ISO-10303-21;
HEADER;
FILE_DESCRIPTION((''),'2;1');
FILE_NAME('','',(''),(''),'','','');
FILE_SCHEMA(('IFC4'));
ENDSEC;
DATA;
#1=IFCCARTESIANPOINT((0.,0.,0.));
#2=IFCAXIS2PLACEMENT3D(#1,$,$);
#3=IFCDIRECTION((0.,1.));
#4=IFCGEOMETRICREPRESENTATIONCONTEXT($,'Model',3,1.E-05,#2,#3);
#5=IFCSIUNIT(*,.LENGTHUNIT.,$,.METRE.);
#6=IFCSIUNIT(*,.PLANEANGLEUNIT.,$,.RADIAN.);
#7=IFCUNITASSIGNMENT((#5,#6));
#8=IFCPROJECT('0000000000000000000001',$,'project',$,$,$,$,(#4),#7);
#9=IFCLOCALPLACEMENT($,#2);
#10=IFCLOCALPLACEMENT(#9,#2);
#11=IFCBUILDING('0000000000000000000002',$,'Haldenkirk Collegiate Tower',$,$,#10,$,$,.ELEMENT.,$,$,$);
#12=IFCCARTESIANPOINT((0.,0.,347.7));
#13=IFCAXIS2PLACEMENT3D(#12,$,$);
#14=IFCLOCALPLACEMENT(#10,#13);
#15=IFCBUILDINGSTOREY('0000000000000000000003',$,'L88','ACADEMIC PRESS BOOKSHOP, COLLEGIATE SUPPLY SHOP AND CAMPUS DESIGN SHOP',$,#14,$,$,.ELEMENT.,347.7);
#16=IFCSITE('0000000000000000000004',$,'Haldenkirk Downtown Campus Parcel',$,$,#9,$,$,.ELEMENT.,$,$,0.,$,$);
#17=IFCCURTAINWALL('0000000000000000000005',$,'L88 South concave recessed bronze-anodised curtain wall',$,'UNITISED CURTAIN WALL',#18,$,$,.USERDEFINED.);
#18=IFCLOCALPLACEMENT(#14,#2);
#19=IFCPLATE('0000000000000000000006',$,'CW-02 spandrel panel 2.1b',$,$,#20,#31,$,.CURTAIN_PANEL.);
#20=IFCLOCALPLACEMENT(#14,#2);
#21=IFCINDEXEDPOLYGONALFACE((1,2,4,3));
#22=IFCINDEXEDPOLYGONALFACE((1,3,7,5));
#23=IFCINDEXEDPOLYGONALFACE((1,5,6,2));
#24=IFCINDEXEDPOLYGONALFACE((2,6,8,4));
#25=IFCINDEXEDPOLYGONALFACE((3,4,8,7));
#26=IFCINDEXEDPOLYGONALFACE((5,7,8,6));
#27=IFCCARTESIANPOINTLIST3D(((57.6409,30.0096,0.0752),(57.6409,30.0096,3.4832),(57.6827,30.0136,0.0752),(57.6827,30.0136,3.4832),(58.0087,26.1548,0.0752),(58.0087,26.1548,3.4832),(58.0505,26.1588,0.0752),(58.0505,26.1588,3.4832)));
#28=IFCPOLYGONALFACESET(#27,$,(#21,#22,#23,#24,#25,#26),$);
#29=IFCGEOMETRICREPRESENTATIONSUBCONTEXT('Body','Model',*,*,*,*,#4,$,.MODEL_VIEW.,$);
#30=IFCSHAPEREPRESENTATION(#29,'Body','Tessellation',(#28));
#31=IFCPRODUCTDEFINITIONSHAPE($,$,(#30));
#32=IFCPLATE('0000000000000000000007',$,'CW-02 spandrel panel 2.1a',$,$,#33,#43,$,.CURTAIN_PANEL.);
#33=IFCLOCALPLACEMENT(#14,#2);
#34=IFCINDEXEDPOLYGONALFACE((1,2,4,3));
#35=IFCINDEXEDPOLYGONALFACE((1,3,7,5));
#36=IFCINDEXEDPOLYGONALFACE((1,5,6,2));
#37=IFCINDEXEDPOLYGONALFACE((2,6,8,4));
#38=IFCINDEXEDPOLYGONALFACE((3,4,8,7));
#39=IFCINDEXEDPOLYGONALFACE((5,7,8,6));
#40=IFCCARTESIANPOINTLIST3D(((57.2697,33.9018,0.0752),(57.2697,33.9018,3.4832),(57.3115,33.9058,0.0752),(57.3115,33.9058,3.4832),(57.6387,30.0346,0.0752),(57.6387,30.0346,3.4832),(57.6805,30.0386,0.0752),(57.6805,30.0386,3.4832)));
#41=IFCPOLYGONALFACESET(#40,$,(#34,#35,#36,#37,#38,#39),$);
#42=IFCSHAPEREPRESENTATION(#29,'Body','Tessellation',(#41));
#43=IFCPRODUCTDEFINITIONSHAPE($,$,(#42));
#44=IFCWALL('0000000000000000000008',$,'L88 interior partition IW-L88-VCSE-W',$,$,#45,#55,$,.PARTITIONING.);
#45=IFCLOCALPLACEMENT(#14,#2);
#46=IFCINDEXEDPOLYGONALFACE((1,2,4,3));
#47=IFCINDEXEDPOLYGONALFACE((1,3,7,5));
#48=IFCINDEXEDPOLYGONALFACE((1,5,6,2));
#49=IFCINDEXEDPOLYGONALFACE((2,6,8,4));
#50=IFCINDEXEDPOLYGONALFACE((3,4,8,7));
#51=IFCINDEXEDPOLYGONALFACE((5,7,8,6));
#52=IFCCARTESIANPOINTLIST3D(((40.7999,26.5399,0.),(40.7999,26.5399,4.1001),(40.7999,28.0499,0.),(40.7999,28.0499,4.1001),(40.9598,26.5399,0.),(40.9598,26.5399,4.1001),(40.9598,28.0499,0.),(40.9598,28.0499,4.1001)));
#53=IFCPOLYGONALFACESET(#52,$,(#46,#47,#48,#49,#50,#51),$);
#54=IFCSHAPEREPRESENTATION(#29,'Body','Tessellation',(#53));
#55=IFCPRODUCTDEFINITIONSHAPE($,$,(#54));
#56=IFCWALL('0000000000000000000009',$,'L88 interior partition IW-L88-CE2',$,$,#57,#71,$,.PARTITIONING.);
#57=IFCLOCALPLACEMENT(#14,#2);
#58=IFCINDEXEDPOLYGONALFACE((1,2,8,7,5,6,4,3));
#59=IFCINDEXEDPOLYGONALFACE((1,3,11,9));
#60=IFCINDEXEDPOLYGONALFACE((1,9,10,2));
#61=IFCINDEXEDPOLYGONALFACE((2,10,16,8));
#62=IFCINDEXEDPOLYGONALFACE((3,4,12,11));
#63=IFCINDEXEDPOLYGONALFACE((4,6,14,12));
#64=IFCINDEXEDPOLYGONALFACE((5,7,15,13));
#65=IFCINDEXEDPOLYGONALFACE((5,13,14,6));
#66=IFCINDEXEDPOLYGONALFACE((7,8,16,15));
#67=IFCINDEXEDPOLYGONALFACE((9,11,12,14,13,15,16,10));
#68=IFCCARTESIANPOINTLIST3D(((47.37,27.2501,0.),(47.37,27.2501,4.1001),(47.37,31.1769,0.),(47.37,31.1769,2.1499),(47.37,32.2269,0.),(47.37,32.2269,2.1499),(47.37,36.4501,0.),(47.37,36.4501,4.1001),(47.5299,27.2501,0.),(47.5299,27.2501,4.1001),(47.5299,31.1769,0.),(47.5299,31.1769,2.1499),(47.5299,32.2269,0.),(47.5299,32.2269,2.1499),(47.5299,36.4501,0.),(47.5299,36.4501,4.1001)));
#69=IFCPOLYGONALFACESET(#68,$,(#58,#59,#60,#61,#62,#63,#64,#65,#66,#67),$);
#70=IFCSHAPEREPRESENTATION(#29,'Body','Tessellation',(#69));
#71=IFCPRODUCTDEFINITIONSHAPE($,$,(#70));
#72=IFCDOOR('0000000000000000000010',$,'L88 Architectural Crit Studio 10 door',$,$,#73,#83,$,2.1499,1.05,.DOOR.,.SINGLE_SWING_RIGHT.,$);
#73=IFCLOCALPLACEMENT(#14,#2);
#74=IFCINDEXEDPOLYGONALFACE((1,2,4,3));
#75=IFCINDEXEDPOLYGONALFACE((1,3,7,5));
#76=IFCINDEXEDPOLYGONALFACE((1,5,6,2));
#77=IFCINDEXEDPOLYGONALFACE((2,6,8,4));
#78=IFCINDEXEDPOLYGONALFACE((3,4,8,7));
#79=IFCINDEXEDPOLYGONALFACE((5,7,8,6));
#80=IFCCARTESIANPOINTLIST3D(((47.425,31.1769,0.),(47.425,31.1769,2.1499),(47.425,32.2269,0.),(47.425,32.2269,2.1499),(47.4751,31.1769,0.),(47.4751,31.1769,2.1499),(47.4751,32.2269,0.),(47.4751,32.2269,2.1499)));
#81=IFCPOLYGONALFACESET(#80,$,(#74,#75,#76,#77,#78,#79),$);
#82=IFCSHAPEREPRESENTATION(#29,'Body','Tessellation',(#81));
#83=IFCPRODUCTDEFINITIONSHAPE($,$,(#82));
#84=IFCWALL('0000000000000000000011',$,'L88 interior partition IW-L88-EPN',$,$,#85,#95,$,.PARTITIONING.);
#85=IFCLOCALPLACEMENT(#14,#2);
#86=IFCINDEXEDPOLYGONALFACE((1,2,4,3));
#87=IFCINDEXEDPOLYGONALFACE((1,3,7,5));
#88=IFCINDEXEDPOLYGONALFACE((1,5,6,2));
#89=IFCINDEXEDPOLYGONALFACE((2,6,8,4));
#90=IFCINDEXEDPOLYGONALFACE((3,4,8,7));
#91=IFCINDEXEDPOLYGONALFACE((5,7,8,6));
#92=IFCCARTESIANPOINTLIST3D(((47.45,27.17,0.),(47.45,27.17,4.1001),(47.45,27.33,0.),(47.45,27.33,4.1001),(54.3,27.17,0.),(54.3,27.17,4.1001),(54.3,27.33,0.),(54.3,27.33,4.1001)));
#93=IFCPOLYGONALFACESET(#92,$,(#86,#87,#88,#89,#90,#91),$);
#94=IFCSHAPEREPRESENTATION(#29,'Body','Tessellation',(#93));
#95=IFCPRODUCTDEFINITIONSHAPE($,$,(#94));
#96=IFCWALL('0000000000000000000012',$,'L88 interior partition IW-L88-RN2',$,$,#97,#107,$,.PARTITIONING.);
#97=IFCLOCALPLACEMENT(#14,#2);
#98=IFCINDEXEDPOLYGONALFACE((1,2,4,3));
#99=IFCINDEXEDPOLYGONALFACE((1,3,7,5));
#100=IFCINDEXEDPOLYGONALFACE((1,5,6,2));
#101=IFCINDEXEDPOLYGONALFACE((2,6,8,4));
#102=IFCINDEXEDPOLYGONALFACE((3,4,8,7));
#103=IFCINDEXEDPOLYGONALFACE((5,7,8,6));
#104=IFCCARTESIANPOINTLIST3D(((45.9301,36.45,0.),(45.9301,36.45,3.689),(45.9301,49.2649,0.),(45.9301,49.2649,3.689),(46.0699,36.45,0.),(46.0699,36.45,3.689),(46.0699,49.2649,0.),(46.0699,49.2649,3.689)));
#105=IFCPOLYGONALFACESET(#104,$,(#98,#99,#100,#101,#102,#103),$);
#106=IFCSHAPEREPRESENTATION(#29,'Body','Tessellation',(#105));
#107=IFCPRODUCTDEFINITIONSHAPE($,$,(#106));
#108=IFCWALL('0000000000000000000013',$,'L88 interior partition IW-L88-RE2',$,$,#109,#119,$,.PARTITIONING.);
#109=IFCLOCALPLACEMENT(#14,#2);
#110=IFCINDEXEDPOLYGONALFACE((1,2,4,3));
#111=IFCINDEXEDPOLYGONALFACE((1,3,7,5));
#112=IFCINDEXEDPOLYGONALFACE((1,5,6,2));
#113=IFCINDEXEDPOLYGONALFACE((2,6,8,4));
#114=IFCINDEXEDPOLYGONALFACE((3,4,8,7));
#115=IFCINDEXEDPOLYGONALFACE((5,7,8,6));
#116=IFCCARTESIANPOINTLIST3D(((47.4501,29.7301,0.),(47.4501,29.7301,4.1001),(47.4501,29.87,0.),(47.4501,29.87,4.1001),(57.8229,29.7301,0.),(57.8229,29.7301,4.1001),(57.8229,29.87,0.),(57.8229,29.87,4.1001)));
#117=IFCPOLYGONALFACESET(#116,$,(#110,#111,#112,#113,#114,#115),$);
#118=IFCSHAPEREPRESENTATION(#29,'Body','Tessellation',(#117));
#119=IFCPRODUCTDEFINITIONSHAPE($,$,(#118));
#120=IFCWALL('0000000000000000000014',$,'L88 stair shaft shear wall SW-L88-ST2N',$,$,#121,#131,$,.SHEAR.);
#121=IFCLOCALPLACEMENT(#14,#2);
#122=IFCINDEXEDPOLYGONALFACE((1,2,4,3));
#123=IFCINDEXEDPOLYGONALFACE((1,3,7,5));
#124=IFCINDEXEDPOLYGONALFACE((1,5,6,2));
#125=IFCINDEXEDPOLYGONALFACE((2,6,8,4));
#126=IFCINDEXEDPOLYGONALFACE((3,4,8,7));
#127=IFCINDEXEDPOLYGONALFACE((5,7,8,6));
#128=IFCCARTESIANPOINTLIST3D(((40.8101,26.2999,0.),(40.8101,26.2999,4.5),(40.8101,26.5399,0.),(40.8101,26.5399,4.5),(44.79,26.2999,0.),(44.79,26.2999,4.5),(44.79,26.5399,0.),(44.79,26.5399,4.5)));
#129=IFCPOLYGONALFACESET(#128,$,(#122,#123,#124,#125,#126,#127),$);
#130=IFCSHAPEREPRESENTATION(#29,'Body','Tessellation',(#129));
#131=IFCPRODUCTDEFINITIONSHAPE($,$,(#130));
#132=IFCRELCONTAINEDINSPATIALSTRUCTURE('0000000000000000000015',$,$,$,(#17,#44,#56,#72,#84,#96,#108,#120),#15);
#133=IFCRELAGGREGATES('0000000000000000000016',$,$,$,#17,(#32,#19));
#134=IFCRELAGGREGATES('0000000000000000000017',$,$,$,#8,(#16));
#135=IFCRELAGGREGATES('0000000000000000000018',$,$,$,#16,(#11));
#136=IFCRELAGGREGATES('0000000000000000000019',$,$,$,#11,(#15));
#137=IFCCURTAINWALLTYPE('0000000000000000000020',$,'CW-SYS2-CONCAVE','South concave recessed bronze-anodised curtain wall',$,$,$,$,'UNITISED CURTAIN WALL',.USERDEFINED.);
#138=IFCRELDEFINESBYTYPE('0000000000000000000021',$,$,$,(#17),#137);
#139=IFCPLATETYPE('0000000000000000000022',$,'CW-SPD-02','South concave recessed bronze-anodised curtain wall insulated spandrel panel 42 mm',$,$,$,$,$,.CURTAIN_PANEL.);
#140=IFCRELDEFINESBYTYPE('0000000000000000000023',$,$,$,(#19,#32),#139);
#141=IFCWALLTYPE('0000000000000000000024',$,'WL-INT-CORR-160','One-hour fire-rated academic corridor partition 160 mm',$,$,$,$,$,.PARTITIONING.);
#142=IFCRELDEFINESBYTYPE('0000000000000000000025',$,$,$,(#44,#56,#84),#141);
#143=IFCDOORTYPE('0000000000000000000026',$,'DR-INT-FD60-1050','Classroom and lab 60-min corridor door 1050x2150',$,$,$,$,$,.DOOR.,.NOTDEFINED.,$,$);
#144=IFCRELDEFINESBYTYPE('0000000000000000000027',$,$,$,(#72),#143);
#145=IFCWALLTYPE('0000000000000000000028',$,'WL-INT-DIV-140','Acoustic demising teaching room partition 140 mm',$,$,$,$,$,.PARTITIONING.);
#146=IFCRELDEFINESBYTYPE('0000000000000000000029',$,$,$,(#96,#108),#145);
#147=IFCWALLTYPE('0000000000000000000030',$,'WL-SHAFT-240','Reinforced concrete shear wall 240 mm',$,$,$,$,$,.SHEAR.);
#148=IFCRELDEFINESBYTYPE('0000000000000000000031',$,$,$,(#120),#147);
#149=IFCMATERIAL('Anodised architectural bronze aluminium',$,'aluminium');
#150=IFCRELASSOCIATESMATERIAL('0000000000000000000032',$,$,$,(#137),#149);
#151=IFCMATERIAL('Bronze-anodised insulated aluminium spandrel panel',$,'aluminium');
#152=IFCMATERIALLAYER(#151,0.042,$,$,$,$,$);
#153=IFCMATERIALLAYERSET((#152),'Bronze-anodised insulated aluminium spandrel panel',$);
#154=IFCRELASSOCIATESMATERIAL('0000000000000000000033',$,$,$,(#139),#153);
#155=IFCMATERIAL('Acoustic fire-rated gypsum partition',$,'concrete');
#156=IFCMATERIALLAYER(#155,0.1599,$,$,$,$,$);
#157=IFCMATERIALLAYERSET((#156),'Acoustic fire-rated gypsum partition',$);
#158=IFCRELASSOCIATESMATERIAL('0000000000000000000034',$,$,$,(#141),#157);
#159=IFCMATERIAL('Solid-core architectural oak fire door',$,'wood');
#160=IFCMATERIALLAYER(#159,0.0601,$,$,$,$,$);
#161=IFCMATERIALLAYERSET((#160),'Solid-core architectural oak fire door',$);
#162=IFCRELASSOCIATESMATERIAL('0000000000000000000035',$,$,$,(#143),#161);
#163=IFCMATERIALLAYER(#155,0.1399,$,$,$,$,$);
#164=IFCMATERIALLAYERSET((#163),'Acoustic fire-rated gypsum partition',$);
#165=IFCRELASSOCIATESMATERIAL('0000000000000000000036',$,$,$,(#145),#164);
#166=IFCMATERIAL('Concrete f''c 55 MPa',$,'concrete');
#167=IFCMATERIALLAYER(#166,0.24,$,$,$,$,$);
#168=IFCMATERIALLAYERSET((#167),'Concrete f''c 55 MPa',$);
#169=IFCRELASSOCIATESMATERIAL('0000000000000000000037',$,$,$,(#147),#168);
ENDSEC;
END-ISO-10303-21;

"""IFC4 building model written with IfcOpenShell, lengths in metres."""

from ifc_helpers import new_model, si_unit, direction, frame, frame_2d, origin, origin_2d, place, context, subcontext, project, spatial, rectangle, extrude, source, transform, mapped, material, layer, layer_set, type_object, element, fill, aggregate, save


model = new_model("IFC4")

# Units and contexts
model_context = context("Model", 3, precision=1e-05, world=origin(), true_north=direction((0.0, 1.0)))
body_context = subcontext(model_context, "Body", "Model", "MODEL_VIEW")
ifc_project = project(units=[si_unit("LENGTHUNIT", "METRE"), si_unit("PLANEANGLEUNIT", "RADIAN")], contexts=[model_context])

# Site, building, storey
site_placement = place(None, origin())
site = spatial("IfcSite", under=ifc_project, at=site_placement, Name="Haldenkirk Downtown Campus Parcel", CompositionType="ELEMENT", RefElevation=0.0)
building_placement = place(site_placement, origin())
building = spatial("IfcBuilding", under=site, at=building_placement, Name="Haldenkirk Collegiate Tower", CompositionType="ELEMENT")
storey_placement = place(building_placement, frame((0.0, 0.0, 347.7)))
storey = spatial("IfcBuildingStorey", under=building, at=storey_placement, Name="L88", Description="ACADEMIC PRESS BOOKSHOP, COLLEGIATE SUPPLY SHOP AND CAMPUS DESIGN SHOP", CompositionType="ELEMENT", Elevation=347.7)

# Curtain wall
ifc_material_1 = material(Name="Anodised architectural bronze aluminium", Category="aluminium")
curtain_wall_type = type_object("IfcCurtainWallType", Name="CW-SYS2-CONCAVE", Description="South concave recessed bronze-anodised curtain wall", ElementType="UNITISED CURTAIN WALL", PredefinedType="USERDEFINED", material=ifc_material_1)
curtain_wall_placement = place(storey_placement, origin())
curtain_wall = element("IfcCurtainWall", 1, at=curtain_wall_placement, inside=storey, type_object=curtain_wall_type, Name="L88 South concave recessed bronze-anodised curtain wall", ObjectType="UNITISED CURTAIN WALL", PredefinedType="USERDEFINED")

# Plates
ifc_material_2 = material(Name="Bronze-anodised insulated aluminium spandrel panel", Category="aluminium")
ifc_layer_1 = layer(ifc_material_2, 0.042)
ifc_layer_set_1 = layer_set([ifc_layer_1], Name="Bronze-anodised insulated aluminium spandrel panel")
plate_type_1 = type_object("IfcPlateType", Name="CW-SPD-02", Description="South concave recessed bronze-anodised curtain wall insulated spandrel panel 42 mm", PredefinedType="CURTAIN_PANEL", material=ifc_layer_set_1)
shared_shape_1 = source(origin(), body_context, "Body", "SweptSolid", [
    extrude(rectangle(XDim=3.8723, YDim=0.042, at=origin_2d()), origin(), (0.0, 0.0, 1.0), 3.408),
])
plate_1_placement = place(storey_placement, frame((57.8457, 28.0842, 0.0752), z_axis=(0.0, 0.0, 1.0), x_axis=(0.094974, -0.99548, 0.0)))
plate_1 = element("IfcPlate", 2, at=plate_1_placement, type_object=plate_type_1, Name="CW-02 spandrel panel 2.1b", PredefinedType="CURTAIN_PANEL", context=body_context, shape_type="MappedRepresentation", body=[
    mapped(shared_shape_1, transform((0.0, 0.0, 0.0), x_axis=(1.0, 0.0, 0.0), y_axis=(0.0, 1.0, 0.0), z_axis=(0.0, 0.0, 1.0), scale=1.0)),
])
shared_shape_2 = source(origin(), body_context, "Body", "SweptSolid", [
    extrude(rectangle(XDim=3.8848, YDim=0.042, at=origin_2d()), origin(), (0.0, 0.0, 1.0), 3.408),
])
plate_2_placement = place(storey_placement, frame((57.4751, 31.9702, 0.0752), z_axis=(0.0, 0.0, 1.0), x_axis=(0.094974, -0.99548, 0.0)))
plate_2 = element("IfcPlate", 3, at=plate_2_placement, type_object=plate_type_1, Name="CW-02 spandrel panel 2.1a", PredefinedType="CURTAIN_PANEL", context=body_context, shape_type="MappedRepresentation", body=[
    mapped(shared_shape_2, transform((0.0, 0.0, 0.0), x_axis=(1.0, 0.0, 0.0), y_axis=(0.0, 1.0, 0.0), z_axis=(0.0, 0.0, 1.0), scale=1.0)),
])
aggregate(curtain_wall, [plate_2, plate_1])

# Wall
ifc_material_3 = material(Name="Acoustic fire-rated gypsum partition", Category="concrete")
ifc_layer_2 = layer(ifc_material_3, 0.1599)
ifc_layer_set_2 = layer_set([ifc_layer_2], Name="Acoustic fire-rated gypsum partition")
wall_type_1 = type_object("IfcWallType", Name="WL-INT-CORR-160", Description="One-hour fire-rated academic corridor partition 160 mm", PredefinedType="PARTITIONING", material=ifc_layer_set_2)
wall_1_placement = place(storey_placement, frame((40.8799, 26.54, 0.0), z_axis=(0.0, 0.0, 1.0), x_axis=(0.0, 1.0, 0.0)))
element("IfcWall", 4, at=wall_1_placement, inside=storey, type_object=wall_type_1, Name="L88 interior partition IW-L88-VCSE-W", PredefinedType="PARTITIONING", context=body_context, shape_type="SweptSolid", body=[
    extrude(rectangle(XDim=1.51, YDim=0.1599, at=frame_2d((0.7549, 0.0))), origin(), (0.0, 0.0, 1.0), 4.1001),
])

# Wall, opening, door
wall_2_placement = place(storey_placement, frame((47.45, 27.25, 0.0), z_axis=(0.0, 0.0, 1.0), x_axis=(0.0, 1.0, 0.0)))
wall_2 = element("IfcWall", 5, at=wall_2_placement, inside=storey, type_object=wall_type_1, Name="L88 interior partition IW-L88-CE2", PredefinedType="PARTITIONING", context=body_context, shape_type="SweptSolid", body=[
    extrude(rectangle(XDim=9.2, YDim=0.1599, at=frame_2d((4.6001, 0.0))), origin(), (0.0, 0.0, 1.0), 4.1001),
])
opening_placement = place(wall_2_placement, frame((3.927, 0.0, 0.0)))
opening = element("IfcOpeningElement", 6, at=opening_placement, cuts=wall_2, PredefinedType="OPENING", context=body_context, shape_type="SweptSolid", body=[
    extrude(rectangle(XDim=1.05, YDim=2.1499, at=frame_2d((0.5249, 1.075))), frame((0.0, 0.0898, 0.0), z_axis=(0.0, -1.0, 0.0), x_axis=(1.0, 0.0, 0.0)), (0.0, 0.0, 1.0), 0.1799),
])
ifc_material_4 = material(Name="Solid-core architectural oak fire door", Category="wood")
ifc_layer_3 = layer(ifc_material_4, 0.0601)
ifc_layer_set_3 = layer_set([ifc_layer_3], Name="Solid-core architectural oak fire door")
door_type = type_object("IfcDoorType", Name="DR-INT-FD60-1050", Description="Classroom and lab 60-min corridor door 1050x2150", OperationType="NOTDEFINED", PredefinedType="DOOR", material=ifc_layer_set_3)
door_placement = place(opening_placement, origin())
door = element("IfcDoor", 7, at=door_placement, inside=storey, type_object=door_type, Name="L88 Architectural Crit Studio 10 door", OperationType="SINGLE_SWING_RIGHT", OverallHeight=2.1499, OverallWidth=1.05, PredefinedType="DOOR", context=body_context, shape_type="SweptSolid", body=[
    extrude(rectangle(XDim=1.05, YDim=2.1499, at=frame_2d((0.5249, 1.075))), frame((0.0, 0.0249, 0.0), z_axis=(0.0, -1.0, 0.0), x_axis=(1.0, 0.0, 0.0)), (0.0, 0.0, 1.0), 0.05),
])
fill(opening, door)

# Walls
wall_3_placement = place(storey_placement, frame((47.45, 27.25, 0.0), z_axis=(0.0, 0.0, 1.0), x_axis=(1.0, 0.0, 0.0)))
element("IfcWall", 8, at=wall_3_placement, inside=storey, type_object=wall_type_1, Name="L88 interior partition IW-L88-EPN", PredefinedType="PARTITIONING", context=body_context, shape_type="SweptSolid", body=[
    extrude(rectangle(XDim=6.8501, YDim=0.1599, at=frame_2d((3.425, 0.0))), origin(), (0.0, 0.0, 1.0), 4.1001),
])
ifc_layer_4 = layer(ifc_material_3, 0.1399)
ifc_layer_set_4 = layer_set([ifc_layer_4], Name="Acoustic fire-rated gypsum partition")
wall_type_2 = type_object("IfcWallType", Name="WL-INT-DIV-140", Description="Acoustic demising teaching room partition 140 mm", PredefinedType="PARTITIONING", material=ifc_layer_set_4)
wall_4_placement = place(storey_placement, frame((46.0, 36.45, 0.0), z_axis=(0.0, 0.0, 1.0), x_axis=(0.0, 1.0, 0.0)))
element("IfcWall", 9, at=wall_4_placement, inside=storey, type_object=wall_type_2, Name="L88 interior partition IW-L88-RN2", PredefinedType="PARTITIONING", context=body_context, shape_type="SweptSolid", body=[
    extrude(rectangle(XDim=12.8149, YDim=0.1399, at=frame_2d((6.4075, 0.0))), origin(), (0.0, 0.0, 1.0), 3.689),
])
wall_5_placement = place(storey_placement, frame((47.45, 29.8, 0.0), z_axis=(0.0, 0.0, 1.0), x_axis=(1.0, 0.0, 0.0)))
element("IfcWall", 10, at=wall_5_placement, inside=storey, type_object=wall_type_2, Name="L88 interior partition IW-L88-RE2", PredefinedType="PARTITIONING", context=body_context, shape_type="SweptSolid", body=[
    extrude(rectangle(XDim=10.3728, YDim=0.1399, at=frame_2d((5.1865, 0.0))), origin(), (0.0, 0.0, 1.0), 4.1001),
])
ifc_material_5 = material(Name="Concrete f'c 55 MPa", Category="concrete")
ifc_layer_5 = layer(ifc_material_5, 0.24)
ifc_layer_set_5 = layer_set([ifc_layer_5], Name="Concrete f'c 55 MPa")
wall_type_3 = type_object("IfcWallType", Name="WL-SHAFT-240", Description="Reinforced concrete shear wall 240 mm", PredefinedType="SHEAR", material=ifc_layer_set_5)
wall_6_placement = place(storey_placement, frame((40.8101, 26.4199, 0.0), z_axis=(0.0, 0.0, 1.0), x_axis=(1.0, 0.0, 0.0)))
element("IfcWall", 11, at=wall_6_placement, inside=storey, type_object=wall_type_3, Name="L88 stair shaft shear wall SW-L88-ST2N", PredefinedType="SHEAR", context=body_context, shape_type="SweptSolid", body=[
    extrude(rectangle(XDim=3.98, YDim=0.24, at=frame_2d((1.99, 0.0))), origin(), (0.0, 0.0, 1.0), 4.5),
])

save(model, "model.ifc")
